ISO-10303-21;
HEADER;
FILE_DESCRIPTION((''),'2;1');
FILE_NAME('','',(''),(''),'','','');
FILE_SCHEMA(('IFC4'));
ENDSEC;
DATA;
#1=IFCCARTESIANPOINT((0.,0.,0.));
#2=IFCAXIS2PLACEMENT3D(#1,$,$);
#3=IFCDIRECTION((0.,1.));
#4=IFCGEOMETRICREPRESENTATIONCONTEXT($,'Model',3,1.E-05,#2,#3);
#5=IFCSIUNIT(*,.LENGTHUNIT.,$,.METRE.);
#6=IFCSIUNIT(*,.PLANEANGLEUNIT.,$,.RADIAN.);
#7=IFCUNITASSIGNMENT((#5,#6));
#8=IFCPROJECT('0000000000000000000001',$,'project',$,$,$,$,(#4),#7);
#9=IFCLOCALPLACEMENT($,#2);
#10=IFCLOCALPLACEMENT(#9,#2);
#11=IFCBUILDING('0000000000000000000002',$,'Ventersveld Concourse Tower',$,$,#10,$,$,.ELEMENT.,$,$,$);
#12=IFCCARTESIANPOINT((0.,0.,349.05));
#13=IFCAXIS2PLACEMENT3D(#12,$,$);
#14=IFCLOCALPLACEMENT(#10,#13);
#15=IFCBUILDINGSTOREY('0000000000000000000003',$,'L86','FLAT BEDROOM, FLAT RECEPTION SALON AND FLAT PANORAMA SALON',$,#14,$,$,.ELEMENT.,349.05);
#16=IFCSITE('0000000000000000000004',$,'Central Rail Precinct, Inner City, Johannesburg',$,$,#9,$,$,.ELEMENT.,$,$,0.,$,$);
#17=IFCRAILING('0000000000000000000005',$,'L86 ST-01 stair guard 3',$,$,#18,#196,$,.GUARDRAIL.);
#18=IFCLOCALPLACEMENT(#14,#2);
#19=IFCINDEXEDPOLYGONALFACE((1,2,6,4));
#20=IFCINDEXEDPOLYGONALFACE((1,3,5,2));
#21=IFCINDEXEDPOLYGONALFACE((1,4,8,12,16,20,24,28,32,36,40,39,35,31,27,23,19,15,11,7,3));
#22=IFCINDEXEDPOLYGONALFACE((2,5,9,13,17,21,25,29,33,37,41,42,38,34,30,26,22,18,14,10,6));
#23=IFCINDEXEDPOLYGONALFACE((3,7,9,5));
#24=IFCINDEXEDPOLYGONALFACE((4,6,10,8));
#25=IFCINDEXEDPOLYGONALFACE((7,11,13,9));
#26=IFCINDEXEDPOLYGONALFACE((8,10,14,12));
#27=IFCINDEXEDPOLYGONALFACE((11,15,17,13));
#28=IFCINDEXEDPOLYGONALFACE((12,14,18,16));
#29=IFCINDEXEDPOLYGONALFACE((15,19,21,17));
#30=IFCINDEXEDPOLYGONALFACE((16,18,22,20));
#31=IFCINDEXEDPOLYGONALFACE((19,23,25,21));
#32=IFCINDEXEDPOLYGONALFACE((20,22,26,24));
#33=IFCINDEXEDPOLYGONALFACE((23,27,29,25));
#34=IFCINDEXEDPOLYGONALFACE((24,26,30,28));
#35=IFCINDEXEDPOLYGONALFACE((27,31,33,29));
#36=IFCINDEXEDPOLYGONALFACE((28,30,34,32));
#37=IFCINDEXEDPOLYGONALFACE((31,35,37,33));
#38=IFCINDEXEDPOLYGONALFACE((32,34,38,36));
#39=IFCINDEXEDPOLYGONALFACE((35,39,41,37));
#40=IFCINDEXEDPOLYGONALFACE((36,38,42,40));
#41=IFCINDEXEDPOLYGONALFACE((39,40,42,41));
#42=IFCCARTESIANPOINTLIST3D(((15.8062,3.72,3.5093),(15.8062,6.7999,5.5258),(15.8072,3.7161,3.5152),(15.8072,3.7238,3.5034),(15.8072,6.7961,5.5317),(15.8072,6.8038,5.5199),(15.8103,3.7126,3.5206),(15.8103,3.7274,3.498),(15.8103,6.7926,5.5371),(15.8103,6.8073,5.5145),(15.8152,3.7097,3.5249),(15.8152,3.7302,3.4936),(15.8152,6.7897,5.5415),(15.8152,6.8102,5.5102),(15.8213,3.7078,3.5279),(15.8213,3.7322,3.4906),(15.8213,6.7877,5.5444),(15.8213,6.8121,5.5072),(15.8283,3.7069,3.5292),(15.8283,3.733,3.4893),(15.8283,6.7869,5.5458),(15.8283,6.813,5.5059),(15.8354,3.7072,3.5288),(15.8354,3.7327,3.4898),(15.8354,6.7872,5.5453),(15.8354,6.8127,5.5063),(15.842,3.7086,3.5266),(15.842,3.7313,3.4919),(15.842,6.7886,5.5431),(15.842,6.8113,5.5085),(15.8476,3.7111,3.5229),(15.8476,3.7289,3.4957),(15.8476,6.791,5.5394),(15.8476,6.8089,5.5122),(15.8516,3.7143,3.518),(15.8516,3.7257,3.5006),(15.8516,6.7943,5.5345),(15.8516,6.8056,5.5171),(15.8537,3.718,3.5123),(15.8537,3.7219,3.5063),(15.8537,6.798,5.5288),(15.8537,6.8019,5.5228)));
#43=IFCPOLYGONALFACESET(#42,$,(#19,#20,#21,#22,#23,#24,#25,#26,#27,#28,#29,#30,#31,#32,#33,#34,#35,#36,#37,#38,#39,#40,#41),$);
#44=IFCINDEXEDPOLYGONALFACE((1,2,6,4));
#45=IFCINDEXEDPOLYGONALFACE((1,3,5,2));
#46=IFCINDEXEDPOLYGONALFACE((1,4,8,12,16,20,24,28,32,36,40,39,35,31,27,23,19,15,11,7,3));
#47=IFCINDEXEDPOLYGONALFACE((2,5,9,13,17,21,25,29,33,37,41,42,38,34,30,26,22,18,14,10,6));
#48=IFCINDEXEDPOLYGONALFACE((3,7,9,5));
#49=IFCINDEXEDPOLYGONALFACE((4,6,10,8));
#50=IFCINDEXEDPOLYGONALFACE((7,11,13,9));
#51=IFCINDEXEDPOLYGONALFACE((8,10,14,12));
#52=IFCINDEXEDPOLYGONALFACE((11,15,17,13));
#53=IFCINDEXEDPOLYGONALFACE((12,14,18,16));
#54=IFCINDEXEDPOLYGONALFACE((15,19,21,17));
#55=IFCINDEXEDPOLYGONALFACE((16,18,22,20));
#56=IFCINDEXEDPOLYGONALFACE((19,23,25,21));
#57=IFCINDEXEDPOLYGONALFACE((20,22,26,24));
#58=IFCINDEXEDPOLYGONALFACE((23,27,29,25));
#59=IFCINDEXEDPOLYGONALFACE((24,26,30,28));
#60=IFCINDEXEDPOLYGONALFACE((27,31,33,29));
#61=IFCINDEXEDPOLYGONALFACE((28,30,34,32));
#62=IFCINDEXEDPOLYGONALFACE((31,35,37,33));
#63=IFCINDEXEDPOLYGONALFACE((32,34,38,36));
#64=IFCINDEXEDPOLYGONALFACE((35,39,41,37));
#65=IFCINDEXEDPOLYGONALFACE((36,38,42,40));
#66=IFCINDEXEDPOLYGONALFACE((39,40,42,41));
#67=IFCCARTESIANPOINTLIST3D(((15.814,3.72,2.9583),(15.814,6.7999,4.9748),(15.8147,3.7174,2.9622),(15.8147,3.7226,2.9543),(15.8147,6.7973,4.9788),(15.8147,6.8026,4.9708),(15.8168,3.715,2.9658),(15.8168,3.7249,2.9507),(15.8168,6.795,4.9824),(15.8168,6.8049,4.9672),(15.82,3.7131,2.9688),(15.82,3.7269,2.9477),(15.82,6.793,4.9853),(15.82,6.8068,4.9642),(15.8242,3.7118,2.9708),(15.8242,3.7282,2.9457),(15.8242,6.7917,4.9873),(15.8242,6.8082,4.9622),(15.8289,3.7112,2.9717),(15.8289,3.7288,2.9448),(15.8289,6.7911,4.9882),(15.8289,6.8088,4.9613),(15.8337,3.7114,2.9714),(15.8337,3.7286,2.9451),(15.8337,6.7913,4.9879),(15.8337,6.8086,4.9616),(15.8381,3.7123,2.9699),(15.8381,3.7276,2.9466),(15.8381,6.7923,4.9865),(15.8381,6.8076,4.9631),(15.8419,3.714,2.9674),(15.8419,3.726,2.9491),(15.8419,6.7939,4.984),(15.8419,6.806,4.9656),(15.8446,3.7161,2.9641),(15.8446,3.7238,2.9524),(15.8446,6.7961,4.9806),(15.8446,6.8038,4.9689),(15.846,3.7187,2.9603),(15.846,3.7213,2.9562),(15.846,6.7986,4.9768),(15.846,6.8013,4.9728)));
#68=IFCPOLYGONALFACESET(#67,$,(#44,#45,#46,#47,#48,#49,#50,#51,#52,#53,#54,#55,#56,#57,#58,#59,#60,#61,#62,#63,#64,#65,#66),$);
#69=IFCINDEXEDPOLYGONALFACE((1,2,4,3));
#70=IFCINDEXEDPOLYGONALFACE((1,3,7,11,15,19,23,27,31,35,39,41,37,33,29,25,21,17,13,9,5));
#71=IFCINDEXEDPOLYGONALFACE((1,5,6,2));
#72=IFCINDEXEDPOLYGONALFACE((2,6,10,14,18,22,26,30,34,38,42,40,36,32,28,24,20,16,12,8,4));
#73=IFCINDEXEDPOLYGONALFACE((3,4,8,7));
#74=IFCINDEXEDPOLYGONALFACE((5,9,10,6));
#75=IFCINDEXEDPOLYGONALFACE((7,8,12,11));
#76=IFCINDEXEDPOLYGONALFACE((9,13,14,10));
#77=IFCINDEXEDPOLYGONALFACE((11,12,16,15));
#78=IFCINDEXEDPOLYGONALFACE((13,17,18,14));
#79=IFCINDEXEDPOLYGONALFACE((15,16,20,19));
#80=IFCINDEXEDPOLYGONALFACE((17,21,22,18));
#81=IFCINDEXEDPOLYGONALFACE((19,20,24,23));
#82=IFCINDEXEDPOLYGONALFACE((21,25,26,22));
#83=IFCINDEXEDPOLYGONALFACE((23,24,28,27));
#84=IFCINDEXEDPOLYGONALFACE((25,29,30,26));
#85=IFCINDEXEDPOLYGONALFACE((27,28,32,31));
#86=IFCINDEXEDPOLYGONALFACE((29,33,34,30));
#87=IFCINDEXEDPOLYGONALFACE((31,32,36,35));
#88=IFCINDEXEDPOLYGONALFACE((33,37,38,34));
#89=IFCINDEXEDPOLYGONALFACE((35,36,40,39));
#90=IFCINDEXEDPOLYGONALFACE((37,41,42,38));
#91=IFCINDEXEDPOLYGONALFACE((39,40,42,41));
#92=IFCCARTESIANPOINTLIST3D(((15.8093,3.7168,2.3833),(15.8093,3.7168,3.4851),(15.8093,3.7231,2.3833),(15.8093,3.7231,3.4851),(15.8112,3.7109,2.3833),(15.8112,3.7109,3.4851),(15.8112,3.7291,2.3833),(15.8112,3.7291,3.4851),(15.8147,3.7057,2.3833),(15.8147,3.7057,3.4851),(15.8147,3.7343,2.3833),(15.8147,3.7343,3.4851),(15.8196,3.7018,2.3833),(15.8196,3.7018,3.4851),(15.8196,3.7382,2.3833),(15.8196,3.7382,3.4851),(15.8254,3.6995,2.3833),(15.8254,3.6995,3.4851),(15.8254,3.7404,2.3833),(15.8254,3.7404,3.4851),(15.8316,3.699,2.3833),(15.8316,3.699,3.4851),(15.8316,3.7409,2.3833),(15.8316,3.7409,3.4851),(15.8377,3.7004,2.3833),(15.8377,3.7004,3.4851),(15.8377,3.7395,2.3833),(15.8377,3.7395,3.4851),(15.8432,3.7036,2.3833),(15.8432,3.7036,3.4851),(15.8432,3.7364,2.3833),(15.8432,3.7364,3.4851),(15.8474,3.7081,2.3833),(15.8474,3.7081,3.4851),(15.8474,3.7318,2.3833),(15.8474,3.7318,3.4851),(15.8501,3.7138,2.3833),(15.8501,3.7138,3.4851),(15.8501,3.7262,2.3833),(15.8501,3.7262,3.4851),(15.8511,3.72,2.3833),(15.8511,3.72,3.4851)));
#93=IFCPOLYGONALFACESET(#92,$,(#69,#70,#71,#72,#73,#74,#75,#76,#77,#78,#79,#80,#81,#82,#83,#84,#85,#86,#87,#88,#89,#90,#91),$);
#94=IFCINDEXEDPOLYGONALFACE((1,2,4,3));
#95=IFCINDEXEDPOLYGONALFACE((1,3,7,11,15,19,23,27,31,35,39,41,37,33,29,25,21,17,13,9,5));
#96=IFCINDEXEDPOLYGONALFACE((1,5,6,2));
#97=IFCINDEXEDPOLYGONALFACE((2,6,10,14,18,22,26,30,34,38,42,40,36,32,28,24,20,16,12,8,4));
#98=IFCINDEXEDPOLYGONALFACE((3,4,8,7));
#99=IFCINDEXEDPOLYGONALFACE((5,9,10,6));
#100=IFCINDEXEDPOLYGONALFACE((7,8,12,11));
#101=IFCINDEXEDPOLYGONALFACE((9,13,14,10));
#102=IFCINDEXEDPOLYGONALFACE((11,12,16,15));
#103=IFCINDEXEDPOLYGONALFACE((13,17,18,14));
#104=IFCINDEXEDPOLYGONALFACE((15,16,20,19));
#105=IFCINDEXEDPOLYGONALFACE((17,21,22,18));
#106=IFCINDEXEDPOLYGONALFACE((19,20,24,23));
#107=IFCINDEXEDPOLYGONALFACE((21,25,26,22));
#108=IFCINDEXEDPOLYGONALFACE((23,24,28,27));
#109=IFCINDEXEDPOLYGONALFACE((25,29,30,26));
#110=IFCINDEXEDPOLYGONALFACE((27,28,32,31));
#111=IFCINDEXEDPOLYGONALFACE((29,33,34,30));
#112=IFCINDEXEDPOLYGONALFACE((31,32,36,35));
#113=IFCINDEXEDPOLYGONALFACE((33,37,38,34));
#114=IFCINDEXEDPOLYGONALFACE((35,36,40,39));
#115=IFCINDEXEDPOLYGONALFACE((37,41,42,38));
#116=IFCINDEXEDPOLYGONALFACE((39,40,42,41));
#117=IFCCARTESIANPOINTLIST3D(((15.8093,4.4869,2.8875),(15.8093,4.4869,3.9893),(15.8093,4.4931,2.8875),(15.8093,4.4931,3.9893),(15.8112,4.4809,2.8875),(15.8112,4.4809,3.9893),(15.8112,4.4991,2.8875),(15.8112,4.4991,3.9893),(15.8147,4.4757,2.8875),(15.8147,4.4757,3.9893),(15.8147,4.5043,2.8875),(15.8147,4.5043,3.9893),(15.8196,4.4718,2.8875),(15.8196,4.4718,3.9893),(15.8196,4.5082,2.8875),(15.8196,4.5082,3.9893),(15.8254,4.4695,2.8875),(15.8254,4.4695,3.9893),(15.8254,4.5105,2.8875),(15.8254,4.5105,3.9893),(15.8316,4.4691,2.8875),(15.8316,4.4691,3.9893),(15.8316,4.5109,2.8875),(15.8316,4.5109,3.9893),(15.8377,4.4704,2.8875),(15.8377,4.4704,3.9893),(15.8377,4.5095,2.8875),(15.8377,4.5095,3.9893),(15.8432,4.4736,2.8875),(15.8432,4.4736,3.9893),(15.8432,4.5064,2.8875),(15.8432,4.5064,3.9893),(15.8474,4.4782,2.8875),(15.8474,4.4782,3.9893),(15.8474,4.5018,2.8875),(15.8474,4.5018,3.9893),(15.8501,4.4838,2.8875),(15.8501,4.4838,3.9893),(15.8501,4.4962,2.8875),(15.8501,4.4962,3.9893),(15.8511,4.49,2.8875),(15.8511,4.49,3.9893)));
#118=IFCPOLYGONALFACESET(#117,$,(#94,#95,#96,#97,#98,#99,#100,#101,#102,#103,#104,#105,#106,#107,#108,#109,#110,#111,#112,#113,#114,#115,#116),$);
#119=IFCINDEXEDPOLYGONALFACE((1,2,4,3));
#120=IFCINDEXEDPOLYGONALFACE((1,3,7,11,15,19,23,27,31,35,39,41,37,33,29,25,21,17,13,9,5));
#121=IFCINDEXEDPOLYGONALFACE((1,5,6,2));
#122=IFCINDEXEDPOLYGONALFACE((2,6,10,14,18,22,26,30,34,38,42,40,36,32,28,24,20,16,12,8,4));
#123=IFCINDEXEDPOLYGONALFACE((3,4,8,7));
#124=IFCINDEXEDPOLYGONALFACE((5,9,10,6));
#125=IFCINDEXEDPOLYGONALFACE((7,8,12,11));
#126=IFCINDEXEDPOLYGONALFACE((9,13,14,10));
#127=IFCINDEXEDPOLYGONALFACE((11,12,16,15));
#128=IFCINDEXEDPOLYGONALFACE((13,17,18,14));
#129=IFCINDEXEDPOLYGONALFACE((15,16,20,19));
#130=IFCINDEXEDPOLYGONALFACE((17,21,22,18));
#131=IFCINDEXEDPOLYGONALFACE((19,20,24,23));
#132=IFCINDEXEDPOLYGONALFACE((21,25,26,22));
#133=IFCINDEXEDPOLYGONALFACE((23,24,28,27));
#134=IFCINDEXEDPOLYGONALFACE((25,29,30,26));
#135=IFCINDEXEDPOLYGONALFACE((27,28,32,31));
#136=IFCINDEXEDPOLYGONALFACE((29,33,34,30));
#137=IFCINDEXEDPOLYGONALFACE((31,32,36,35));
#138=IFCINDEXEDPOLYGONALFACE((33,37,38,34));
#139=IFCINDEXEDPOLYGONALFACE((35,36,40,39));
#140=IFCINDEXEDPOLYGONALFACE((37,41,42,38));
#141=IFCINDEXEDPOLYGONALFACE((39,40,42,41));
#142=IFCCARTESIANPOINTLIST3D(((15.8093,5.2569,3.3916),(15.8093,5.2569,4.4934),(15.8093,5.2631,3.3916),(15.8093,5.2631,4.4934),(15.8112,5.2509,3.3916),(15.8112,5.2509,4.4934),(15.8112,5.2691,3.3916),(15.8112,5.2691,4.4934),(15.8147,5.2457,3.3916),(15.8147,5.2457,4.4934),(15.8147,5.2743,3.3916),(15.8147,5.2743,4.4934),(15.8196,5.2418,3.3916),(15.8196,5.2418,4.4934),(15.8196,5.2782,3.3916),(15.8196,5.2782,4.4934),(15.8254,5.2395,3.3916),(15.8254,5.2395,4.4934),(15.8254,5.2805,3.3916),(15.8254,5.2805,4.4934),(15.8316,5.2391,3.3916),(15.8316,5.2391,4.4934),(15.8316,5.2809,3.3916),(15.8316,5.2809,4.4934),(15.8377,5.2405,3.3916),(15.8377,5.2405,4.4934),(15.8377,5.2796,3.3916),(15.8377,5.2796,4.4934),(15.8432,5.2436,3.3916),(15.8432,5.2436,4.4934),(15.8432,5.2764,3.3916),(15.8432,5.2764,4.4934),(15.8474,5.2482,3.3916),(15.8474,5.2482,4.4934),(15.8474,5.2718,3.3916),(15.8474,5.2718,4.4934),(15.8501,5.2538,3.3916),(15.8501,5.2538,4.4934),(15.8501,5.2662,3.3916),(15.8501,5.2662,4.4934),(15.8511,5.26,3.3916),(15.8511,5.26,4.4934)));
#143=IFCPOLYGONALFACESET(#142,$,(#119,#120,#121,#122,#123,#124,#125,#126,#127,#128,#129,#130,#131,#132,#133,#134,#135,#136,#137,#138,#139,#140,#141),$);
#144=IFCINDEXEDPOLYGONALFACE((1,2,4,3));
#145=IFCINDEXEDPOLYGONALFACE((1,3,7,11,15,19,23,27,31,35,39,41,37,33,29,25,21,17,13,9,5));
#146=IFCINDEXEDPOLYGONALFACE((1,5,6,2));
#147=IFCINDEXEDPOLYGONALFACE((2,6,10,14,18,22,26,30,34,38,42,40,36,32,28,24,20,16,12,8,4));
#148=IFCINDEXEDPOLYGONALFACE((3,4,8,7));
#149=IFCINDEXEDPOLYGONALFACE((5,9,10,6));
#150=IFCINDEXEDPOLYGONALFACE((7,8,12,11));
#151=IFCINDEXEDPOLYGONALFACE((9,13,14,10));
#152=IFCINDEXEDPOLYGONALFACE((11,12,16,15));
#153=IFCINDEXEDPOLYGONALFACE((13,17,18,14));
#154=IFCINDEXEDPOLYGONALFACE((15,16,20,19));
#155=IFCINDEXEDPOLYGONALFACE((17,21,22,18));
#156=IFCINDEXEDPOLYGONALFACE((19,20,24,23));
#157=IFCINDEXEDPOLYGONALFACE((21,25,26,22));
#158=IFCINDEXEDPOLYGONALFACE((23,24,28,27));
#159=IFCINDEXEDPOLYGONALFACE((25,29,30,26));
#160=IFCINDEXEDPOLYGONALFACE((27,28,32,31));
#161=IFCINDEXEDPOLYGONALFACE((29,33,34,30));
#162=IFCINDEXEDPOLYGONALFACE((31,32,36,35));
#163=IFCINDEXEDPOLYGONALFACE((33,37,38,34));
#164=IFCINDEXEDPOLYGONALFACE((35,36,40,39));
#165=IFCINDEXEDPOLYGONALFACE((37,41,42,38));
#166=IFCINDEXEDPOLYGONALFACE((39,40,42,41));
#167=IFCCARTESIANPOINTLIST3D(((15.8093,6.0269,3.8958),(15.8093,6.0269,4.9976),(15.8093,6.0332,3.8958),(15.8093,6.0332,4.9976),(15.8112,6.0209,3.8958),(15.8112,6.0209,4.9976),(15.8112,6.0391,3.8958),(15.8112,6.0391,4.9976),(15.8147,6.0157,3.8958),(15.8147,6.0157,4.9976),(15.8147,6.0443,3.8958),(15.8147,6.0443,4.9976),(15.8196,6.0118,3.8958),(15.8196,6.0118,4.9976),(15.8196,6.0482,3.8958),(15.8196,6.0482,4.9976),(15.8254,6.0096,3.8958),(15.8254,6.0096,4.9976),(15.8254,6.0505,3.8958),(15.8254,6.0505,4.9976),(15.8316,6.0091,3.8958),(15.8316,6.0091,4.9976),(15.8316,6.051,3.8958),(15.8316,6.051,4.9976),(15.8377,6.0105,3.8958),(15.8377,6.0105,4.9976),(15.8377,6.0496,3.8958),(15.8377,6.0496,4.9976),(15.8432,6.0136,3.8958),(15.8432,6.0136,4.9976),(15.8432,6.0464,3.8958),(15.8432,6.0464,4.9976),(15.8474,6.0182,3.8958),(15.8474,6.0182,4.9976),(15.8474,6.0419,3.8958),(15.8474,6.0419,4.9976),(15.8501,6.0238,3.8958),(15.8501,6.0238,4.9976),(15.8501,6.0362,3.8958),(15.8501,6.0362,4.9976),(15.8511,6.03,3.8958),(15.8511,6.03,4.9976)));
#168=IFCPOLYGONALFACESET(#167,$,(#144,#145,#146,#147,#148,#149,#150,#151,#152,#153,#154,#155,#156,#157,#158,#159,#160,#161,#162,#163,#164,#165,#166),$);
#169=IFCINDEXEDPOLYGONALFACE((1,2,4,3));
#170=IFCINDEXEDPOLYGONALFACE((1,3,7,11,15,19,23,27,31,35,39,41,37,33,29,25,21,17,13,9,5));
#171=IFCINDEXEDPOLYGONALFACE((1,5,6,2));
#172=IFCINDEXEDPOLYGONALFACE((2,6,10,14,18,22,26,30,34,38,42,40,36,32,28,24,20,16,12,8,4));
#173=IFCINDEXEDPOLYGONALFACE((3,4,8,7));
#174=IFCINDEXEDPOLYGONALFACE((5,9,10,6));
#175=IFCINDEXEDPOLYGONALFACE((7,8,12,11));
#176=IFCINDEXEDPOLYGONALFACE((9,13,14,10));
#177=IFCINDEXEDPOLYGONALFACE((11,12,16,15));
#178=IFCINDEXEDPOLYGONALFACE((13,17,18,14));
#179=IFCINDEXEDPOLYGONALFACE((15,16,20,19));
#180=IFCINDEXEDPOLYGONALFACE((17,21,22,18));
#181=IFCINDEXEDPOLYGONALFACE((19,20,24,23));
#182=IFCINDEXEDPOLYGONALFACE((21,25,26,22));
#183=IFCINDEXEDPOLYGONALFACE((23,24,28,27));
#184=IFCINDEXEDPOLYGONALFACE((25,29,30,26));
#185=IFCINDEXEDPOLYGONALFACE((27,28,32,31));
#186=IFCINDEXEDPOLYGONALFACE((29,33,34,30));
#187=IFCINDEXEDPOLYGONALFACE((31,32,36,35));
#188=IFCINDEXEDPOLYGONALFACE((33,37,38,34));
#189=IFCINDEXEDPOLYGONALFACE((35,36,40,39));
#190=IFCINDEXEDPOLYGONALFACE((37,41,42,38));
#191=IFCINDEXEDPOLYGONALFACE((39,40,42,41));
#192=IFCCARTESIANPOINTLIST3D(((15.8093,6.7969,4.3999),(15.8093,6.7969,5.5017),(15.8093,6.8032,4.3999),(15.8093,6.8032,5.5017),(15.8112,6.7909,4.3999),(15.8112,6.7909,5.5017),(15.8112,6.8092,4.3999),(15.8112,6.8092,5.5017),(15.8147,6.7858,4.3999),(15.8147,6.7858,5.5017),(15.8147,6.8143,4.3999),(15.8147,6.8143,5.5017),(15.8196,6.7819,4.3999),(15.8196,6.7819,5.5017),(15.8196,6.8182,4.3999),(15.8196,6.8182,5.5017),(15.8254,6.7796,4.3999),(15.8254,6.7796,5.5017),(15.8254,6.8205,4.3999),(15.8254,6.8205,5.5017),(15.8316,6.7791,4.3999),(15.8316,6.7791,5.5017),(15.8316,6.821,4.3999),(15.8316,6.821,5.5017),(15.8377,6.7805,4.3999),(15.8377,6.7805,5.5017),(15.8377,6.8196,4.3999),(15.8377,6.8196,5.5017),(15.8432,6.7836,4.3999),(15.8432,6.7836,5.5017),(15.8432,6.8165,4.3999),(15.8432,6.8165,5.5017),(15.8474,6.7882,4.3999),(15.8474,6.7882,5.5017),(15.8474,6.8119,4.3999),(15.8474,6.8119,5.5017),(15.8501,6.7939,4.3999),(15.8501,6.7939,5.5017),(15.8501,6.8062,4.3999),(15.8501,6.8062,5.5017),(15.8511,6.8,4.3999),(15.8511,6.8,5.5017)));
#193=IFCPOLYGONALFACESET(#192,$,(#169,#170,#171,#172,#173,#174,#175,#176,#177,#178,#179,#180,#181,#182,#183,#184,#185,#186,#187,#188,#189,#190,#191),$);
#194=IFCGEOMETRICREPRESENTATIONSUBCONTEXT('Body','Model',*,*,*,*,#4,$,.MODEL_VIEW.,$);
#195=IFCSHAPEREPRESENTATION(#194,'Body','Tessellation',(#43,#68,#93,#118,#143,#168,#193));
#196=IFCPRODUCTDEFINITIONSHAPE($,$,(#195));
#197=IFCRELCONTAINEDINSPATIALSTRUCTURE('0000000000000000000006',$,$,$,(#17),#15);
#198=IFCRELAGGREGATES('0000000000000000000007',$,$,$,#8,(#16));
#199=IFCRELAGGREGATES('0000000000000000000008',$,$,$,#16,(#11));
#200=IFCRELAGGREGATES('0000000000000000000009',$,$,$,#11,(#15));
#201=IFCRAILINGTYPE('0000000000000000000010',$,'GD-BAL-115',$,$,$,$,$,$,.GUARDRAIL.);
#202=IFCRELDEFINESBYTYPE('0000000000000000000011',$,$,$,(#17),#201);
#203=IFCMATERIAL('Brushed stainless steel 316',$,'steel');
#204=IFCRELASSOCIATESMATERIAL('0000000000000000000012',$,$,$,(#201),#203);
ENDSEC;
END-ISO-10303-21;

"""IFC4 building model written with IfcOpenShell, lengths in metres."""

from ifc_helpers import new_model, si_unit, direction, frame, origin, origin_2d, place, context, subcontext, project, spatial, circle, extrude, material, type_object, element, save


model = new_model("IFC4")

# Units and contexts
model_context = context("Model", 3, precision=1e-05, world=origin(), true_north=direction((0.0, 1.0)))
body_context = subcontext(model_context, "Body", "Model", "MODEL_VIEW")
ifc_project = project(units=[si_unit("LENGTHUNIT", "METRE"), si_unit("PLANEANGLEUNIT", "RADIAN")], contexts=[model_context])

# Site, building, storey
site_placement = place(None, origin())
site = spatial("IfcSite", under=ifc_project, at=site_placement, Name="Central Rail Precinct, Inner City, Johannesburg", CompositionType="ELEMENT", RefElevation=0.0)
building_placement = place(site_placement, origin())
building = spatial("IfcBuilding", under=site, at=building_placement, Name="Ventersveld Concourse Tower", CompositionType="ELEMENT")
storey_placement = place(building_placement, frame((0.0, 0.0, 349.05)))
storey = spatial("IfcBuildingStorey", under=building, at=storey_placement, Name="L86", Description="FLAT BEDROOM, FLAT RECEPTION SALON AND FLAT PANORAMA SALON", CompositionType="ELEMENT", Elevation=349.05)

# Shared definitions
ifc_material_1 = material(Name="Brushed stainless steel 316", Category="steel")

# Railing
railing_type_1 = type_object("IfcRailingType", Name="GD-BAL-115", PredefinedType="GUARDRAIL", material=ifc_material_1)
railing_1_placement = place(storey_placement, frame((15.8301, 3.72, 2.3833)))
element("IfcRailing", 1, at=railing_1_placement, inside=storey, type_object=railing_type_1, Name="L86 ST-01 stair guard 3", PredefinedType="GUARDRAIL", context=body_context, shape_type="SweptSolid", body=[
    extrude(circle(Radius=0.0239, at=origin_2d()), frame((0.0, 0.0, 1.126), z_axis=(0.0, 0.836633, 0.547764), x_axis=(-1.0, 0.0, 0.0)), (0.0, 0.0, 1.0), 3.6814),
    extrude(circle(Radius=0.0161, at=origin_2d()), frame((0.0, 0.0, 0.575), z_axis=(0.0, 0.836633, 0.547764), x_axis=(-1.0, 0.0, 0.0)), (0.0, 0.0, 1.0), 3.6814),
    extrude(circle(Radius=0.021, at=origin_2d()), origin(), (0.0, 0.0, 1.0), 1.1018),
    extrude(circle(Radius=0.021, at=origin_2d()), frame((0.0, 0.77, 0.5042)), (0.0, 0.0, 1.0), 1.1018),
    extrude(circle(Radius=0.021, at=origin_2d()), frame((0.0, 1.54, 1.0083)), (0.0, 0.0, 1.0), 1.1018),
    extrude(circle(Radius=0.021, at=origin_2d()), frame((0.0, 2.3101, 1.5125)), (0.0, 0.0, 1.0), 1.1018),
    extrude(circle(Radius=0.021, at=origin_2d()), frame((0.0, 3.0801, 2.0166)), (0.0, 0.0, 1.0), 1.1018),
])

save(model, "model.ifc")
